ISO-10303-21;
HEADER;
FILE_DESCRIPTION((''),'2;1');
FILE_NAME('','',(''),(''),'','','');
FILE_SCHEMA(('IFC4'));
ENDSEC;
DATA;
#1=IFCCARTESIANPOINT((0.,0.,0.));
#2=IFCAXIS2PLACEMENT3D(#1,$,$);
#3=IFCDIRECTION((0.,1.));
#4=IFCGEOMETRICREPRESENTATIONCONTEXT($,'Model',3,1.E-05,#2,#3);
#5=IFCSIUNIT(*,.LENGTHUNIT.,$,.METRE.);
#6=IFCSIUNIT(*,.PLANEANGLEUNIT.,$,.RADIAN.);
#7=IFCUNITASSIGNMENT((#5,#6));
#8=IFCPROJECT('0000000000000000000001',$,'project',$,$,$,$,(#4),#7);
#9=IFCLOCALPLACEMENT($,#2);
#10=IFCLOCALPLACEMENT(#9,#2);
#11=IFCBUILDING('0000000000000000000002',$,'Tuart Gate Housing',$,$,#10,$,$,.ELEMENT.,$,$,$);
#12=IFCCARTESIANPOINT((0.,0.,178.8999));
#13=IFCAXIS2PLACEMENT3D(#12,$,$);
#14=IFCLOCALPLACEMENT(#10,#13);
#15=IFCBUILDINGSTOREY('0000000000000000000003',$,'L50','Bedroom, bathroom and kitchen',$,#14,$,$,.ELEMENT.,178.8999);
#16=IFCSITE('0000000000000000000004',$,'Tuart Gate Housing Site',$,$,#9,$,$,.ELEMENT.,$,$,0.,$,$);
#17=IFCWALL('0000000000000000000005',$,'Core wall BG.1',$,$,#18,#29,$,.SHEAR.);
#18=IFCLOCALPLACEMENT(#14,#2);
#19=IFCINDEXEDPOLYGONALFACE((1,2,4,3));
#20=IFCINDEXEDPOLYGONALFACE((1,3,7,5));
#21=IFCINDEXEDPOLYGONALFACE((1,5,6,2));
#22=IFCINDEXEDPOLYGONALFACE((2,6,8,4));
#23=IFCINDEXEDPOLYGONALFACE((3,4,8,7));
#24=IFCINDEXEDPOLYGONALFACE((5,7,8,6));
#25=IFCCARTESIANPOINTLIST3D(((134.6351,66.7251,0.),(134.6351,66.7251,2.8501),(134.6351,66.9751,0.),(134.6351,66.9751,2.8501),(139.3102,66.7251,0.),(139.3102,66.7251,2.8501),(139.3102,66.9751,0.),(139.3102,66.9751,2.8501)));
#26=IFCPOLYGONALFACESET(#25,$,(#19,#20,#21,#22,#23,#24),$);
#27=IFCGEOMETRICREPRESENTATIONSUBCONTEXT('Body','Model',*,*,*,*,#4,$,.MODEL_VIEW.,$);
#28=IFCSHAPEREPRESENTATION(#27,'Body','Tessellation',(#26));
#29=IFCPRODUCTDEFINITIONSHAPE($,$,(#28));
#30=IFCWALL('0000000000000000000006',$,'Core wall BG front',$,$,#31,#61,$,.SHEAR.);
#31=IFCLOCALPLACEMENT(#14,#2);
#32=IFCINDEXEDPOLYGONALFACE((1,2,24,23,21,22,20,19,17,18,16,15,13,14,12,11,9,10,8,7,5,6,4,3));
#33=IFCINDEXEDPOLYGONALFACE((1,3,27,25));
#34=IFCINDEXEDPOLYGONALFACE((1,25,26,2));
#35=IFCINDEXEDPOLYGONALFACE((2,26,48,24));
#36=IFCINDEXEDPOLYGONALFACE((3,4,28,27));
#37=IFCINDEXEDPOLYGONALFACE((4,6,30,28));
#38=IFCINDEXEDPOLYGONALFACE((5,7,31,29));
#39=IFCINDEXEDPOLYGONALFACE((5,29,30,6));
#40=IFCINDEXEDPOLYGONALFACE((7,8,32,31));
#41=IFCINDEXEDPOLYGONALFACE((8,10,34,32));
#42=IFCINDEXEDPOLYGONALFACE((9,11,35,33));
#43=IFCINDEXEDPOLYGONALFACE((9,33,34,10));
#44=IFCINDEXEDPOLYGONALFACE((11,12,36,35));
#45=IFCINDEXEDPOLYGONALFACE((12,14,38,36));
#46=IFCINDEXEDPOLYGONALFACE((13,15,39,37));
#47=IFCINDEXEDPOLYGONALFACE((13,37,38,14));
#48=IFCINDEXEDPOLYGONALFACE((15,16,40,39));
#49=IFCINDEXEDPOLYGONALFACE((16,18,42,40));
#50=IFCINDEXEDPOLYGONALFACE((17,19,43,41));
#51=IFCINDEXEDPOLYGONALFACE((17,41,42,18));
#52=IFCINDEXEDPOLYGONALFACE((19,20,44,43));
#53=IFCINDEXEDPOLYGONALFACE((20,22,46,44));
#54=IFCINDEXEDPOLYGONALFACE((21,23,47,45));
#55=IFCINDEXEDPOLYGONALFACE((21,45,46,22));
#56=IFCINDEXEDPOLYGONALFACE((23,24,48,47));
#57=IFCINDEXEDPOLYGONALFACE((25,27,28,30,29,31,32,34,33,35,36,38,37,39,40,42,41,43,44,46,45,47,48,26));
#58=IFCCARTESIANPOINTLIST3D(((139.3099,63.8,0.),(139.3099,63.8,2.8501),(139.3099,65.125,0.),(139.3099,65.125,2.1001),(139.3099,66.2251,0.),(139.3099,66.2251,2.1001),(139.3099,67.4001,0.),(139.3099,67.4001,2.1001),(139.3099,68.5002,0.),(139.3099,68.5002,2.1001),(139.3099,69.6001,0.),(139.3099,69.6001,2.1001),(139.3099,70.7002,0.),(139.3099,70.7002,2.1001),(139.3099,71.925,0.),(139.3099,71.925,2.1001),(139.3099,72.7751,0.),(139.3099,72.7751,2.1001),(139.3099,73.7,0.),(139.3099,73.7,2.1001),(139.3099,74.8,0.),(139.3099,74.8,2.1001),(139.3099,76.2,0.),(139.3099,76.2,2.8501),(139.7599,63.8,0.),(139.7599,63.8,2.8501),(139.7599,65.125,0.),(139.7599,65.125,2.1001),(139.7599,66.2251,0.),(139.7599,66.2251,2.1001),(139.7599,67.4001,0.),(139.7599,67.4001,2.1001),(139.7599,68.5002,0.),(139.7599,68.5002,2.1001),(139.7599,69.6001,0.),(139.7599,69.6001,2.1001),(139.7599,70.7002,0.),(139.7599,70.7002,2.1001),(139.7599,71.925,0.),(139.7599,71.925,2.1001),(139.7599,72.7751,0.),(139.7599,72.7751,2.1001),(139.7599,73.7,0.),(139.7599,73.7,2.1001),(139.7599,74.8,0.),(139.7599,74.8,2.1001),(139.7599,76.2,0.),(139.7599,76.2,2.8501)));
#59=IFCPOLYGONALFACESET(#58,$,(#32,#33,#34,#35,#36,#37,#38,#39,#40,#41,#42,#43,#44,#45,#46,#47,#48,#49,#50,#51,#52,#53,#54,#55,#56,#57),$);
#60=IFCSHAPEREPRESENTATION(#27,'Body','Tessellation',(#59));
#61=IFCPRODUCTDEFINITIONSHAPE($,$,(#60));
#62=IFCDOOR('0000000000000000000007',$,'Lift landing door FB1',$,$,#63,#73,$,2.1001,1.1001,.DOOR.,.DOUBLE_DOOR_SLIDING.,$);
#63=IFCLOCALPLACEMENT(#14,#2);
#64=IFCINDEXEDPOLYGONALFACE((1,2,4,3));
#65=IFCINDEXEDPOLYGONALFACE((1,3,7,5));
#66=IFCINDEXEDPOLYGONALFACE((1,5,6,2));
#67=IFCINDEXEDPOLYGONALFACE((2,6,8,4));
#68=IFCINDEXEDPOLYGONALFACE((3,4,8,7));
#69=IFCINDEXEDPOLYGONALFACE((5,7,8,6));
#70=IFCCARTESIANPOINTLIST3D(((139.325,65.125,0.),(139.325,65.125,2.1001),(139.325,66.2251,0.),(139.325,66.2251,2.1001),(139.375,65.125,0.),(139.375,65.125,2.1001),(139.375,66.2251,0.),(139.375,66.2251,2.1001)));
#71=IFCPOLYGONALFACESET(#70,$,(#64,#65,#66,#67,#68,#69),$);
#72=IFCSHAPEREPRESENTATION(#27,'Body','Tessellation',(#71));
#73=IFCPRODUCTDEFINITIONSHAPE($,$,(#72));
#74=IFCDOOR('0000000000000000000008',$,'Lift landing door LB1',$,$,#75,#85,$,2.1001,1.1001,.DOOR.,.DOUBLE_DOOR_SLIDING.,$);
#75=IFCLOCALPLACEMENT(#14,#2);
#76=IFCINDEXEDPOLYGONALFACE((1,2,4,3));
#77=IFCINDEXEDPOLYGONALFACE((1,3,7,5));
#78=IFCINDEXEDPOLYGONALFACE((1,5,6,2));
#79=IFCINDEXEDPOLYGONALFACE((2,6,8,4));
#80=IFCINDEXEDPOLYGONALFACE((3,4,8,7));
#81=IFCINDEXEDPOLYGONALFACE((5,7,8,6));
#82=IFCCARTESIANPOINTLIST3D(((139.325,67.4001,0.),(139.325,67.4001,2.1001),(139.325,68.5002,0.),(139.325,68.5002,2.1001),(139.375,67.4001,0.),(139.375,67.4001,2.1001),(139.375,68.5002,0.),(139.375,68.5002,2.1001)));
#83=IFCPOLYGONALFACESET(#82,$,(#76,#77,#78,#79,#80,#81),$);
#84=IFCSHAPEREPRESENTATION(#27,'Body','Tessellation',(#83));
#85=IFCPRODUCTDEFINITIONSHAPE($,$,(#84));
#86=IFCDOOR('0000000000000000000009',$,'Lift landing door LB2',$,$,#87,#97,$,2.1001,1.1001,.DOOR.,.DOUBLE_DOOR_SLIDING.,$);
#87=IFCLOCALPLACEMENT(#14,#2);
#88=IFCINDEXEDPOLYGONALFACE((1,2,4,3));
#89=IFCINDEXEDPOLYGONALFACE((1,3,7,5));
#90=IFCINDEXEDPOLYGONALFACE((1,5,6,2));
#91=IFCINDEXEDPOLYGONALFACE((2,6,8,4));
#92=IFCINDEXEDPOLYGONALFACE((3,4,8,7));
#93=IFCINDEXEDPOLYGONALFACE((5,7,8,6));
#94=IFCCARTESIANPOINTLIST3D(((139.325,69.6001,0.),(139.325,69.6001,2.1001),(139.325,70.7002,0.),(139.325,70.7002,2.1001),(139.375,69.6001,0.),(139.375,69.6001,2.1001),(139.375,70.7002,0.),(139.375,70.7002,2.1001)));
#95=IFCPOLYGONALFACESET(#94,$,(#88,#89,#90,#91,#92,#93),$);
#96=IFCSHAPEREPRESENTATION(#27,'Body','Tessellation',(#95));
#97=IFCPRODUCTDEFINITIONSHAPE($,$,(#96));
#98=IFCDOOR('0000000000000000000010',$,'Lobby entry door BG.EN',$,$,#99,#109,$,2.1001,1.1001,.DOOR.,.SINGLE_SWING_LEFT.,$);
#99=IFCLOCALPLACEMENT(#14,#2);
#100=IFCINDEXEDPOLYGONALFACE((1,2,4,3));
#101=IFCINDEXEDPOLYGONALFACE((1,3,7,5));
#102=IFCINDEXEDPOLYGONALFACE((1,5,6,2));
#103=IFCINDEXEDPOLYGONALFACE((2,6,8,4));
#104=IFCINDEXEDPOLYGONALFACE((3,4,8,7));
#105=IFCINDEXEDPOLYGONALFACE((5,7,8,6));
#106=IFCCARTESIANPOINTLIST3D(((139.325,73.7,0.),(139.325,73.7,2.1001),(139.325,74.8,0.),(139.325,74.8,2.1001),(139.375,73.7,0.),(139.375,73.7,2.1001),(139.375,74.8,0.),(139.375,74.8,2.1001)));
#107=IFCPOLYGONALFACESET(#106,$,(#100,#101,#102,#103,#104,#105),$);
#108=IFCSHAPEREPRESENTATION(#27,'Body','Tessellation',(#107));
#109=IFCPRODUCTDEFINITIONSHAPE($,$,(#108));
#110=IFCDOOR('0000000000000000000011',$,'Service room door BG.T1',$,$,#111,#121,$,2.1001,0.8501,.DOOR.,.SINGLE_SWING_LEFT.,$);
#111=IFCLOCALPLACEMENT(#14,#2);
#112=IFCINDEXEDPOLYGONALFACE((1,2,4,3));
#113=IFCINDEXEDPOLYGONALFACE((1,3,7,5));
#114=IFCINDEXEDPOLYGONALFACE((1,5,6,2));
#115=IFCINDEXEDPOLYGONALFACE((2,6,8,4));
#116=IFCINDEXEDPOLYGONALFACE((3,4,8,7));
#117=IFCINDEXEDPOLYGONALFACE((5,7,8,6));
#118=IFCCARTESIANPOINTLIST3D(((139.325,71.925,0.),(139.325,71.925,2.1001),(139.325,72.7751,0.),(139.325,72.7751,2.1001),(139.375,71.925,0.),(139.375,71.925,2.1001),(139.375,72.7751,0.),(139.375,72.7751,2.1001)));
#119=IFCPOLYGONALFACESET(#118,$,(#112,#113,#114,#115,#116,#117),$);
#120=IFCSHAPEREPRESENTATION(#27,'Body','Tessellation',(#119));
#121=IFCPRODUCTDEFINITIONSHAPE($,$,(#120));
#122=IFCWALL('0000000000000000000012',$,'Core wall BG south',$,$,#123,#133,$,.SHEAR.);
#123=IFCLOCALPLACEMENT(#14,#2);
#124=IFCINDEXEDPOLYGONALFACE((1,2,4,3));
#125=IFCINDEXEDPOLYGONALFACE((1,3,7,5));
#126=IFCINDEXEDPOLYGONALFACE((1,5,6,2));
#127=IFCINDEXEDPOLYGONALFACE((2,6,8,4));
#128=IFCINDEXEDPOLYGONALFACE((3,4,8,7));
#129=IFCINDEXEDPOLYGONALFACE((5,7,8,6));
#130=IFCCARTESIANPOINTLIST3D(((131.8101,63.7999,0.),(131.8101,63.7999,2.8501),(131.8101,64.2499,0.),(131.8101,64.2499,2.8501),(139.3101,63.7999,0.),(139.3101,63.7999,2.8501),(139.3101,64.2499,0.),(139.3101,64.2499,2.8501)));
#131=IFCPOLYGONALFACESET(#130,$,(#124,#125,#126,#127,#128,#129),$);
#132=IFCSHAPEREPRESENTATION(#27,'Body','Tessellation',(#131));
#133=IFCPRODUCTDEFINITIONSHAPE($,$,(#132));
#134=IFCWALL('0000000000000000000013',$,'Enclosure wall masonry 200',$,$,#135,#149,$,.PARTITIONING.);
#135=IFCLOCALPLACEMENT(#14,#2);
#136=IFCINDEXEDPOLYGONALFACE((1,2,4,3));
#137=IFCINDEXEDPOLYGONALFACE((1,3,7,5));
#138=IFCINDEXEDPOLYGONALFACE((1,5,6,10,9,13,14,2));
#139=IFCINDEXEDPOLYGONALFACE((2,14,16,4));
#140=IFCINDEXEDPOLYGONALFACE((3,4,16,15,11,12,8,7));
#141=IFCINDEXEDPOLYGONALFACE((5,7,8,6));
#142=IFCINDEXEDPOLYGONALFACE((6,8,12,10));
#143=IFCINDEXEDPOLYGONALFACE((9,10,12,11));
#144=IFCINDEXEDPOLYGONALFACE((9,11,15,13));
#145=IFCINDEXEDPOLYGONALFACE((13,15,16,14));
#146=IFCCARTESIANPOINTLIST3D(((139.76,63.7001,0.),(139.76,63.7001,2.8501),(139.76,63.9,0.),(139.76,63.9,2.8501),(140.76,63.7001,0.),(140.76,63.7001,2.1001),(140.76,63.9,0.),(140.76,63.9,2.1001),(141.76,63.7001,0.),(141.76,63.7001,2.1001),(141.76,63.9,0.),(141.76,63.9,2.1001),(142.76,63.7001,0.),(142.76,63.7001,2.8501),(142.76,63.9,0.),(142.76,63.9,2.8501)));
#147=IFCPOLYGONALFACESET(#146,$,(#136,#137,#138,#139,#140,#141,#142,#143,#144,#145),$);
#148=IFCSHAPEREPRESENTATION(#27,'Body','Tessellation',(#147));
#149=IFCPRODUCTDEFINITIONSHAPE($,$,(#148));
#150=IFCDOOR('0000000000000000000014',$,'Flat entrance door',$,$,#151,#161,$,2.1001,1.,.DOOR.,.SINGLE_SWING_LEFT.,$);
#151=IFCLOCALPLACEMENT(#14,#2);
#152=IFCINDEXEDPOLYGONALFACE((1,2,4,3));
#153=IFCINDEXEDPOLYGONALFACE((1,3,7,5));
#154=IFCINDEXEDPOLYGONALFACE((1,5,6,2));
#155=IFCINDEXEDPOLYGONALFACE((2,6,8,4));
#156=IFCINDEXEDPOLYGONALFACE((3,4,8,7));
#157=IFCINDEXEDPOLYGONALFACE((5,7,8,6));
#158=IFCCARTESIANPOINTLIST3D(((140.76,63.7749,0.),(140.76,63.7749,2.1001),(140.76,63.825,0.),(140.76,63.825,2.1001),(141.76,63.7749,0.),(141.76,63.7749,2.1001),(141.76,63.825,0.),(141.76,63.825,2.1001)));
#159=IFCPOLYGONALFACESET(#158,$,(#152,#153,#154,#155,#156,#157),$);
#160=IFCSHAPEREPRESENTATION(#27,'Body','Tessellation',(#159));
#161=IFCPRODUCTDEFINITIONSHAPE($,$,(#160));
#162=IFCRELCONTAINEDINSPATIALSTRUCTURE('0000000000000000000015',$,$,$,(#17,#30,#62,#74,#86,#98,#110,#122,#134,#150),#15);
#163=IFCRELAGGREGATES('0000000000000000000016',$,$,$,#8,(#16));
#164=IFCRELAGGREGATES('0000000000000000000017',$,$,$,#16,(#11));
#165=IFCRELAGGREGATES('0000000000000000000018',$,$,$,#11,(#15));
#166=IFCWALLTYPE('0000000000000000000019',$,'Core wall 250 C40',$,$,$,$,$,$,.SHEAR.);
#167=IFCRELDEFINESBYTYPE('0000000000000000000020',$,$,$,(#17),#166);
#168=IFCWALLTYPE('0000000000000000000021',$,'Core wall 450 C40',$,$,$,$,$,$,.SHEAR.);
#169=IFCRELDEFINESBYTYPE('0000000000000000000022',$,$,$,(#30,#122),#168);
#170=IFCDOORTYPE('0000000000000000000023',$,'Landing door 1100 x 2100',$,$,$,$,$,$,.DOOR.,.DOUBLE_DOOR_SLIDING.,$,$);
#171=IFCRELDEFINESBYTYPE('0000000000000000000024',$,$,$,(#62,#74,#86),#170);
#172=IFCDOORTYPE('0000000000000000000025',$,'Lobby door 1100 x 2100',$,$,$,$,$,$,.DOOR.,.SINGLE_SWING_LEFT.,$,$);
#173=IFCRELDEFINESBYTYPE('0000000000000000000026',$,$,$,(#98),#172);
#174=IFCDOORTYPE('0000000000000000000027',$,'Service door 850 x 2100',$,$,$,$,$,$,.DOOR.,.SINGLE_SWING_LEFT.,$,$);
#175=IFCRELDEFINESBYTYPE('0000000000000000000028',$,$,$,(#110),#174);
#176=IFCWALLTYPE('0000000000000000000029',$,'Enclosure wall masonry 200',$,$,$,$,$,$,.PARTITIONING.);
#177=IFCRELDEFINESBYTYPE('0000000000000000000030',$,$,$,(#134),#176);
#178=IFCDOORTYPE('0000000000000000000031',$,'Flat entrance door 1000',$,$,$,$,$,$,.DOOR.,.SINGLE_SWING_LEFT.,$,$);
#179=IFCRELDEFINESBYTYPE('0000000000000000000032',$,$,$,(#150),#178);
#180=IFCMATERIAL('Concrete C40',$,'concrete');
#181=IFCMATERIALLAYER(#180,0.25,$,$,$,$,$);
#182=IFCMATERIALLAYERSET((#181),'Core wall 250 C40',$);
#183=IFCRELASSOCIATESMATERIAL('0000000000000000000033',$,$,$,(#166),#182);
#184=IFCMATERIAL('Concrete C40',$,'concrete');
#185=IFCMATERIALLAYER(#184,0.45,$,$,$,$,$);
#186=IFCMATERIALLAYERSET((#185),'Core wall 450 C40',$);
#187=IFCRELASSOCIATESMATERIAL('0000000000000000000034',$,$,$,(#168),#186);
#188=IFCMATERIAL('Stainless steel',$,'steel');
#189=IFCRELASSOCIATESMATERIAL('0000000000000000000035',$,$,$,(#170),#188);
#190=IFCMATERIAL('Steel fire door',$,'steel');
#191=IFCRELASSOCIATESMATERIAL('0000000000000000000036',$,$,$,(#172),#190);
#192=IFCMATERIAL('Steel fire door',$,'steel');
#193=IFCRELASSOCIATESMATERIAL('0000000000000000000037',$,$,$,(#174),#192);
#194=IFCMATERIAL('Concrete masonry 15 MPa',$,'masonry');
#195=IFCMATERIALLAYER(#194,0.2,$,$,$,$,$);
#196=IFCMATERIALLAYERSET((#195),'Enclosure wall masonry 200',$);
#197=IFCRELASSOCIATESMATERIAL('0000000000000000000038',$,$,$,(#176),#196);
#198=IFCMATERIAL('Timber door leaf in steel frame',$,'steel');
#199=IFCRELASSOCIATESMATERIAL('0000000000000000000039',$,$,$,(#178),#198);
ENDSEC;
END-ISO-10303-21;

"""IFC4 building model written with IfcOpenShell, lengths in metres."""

from ifc_helpers import new_model, si_unit, direction, frame, frame_2d, origin, place, context, subcontext, project, spatial, rectangle, extrude, material, layer, layer_set, type_object, element, fill, save


model = new_model("IFC4")

# Units and contexts
model_context = context("Model", 3, precision=1e-05, world=origin(), true_north=direction((0.0, 1.0)))
body_context = subcontext(model_context, "Body", "Model", "MODEL_VIEW")
ifc_project = project(units=[si_unit("LENGTHUNIT", "METRE"), si_unit("PLANEANGLEUNIT", "RADIAN")], contexts=[model_context])

# Site, building, storey
site_placement = place(None, origin())
site = spatial("IfcSite", under=ifc_project, at=site_placement, Name="Tuart Gate Housing Site", CompositionType="ELEMENT", RefElevation=0.0)
building_placement = place(site_placement, origin())
building = spatial("IfcBuilding", under=site, at=building_placement, Name="Tuart Gate Housing", CompositionType="ELEMENT")
storey_placement = place(building_placement, frame((0.0, 0.0, 178.8999)))
storey = spatial("IfcBuildingStorey", under=building, at=storey_placement, Name="L50", Description="Bedroom, bathroom and kitchen", CompositionType="ELEMENT", Elevation=178.8999)

# Wall
ifc_material_1 = material(Name="Concrete C40", Category="concrete")
ifc_layer_1 = layer(ifc_material_1, 0.25)
ifc_layer_set_1 = layer_set([ifc_layer_1], Name="Core wall 250 C40")
wall_type_1 = type_object("IfcWallType", Name="Core wall 250 C40", PredefinedType="SHEAR", material=ifc_layer_set_1)
wall_1_placement = place(storey_placement, frame((139.3101, 66.8501, 0.0), z_axis=(0.0, 0.0, 1.0), x_axis=(-1.0, 0.0, 0.0)))
element("IfcWall", 1, at=wall_1_placement, inside=storey, type_object=wall_type_1, Name="Core wall BG.1", PredefinedType="SHEAR", context=body_context, shape_type="SweptSolid", body=[
    extrude(rectangle(XDim=4.675, YDim=0.25, at=frame_2d((2.3374, 0.0))), origin(), (0.0, 0.0, 1.0), 2.8501),
])

# Wall, openings, doors
ifc_material_2 = material(Name="Concrete C40", Category="concrete")
ifc_layer_2 = layer(ifc_material_2, 0.45)
ifc_layer_set_2 = layer_set([ifc_layer_2], Name="Core wall 450 C40")
wall_type_2 = type_object("IfcWallType", Name="Core wall 450 C40", PredefinedType="SHEAR", material=ifc_layer_set_2)
wall_2_placement = place(storey_placement, frame((139.5349, 63.8, 0.0), z_axis=(0.0, 0.0, 1.0), x_axis=(0.0, 1.0, 0.0)))
wall_2 = element("IfcWall", 2, at=wall_2_placement, inside=storey, type_object=wall_type_2, Name="Core wall BG front", PredefinedType="SHEAR", context=body_context, shape_type="SweptSolid", body=[
    extrude(rectangle(XDim=12.3999, YDim=0.45, at=frame_2d((6.2, 0.0))), origin(), (0.0, 0.0, 1.0), 2.8501),
])
opening_1_placement = place(wall_2_placement, frame((1.325, 0.0, 0.0)))
opening_1 = element("IfcOpeningElement", 3, at=opening_1_placement, cuts=wall_2, PredefinedType="OPENING", context=body_context, shape_type="SweptSolid", body=[
    extrude(rectangle(XDim=1.1001, YDim=2.1001, at=frame_2d((0.55, 1.05))), frame((0.0, 0.2349, 0.0), z_axis=(0.0, -1.0, 0.0), x_axis=(1.0, 0.0, 0.0)), (0.0, 0.0, 1.0), 0.47),
])
opening_2_placement = place(wall_2_placement, frame((3.6001, 0.0, 0.0)))
opening_2 = element("IfcOpeningElement", 4, at=opening_2_placement, cuts=wall_2, PredefinedType="OPENING", context=body_context, shape_type="SweptSolid", body=[
    extrude(rectangle(XDim=1.1001, YDim=2.1001, at=frame_2d((0.55, 1.05))), frame((0.0, 0.2349, 0.0), z_axis=(0.0, -1.0, 0.0), x_axis=(1.0, 0.0, 0.0)), (0.0, 0.0, 1.0), 0.47),
])
opening_3_placement = place(wall_2_placement, frame((5.8, 0.0, 0.0)))
opening_3 = element("IfcOpeningElement", 5, at=opening_3_placement, cuts=wall_2, PredefinedType="OPENING", context=body_context, shape_type="SweptSolid", body=[
    extrude(rectangle(XDim=1.1001, YDim=2.1001, at=frame_2d((0.55, 1.05))), frame((0.0, 0.2349, 0.0), z_axis=(0.0, -1.0, 0.0), x_axis=(1.0, 0.0, 0.0)), (0.0, 0.0, 1.0), 0.47),
])
opening_4_placement = place(wall_2_placement, frame((9.8999, 0.0, 0.0)))
opening_4 = element("IfcOpeningElement", 6, at=opening_4_placement, cuts=wall_2, PredefinedType="OPENING", context=body_context, shape_type="SweptSolid", body=[
    extrude(rectangle(XDim=1.1001, YDim=2.1001, at=frame_2d((0.55, 1.05))), frame((0.0, 0.2349, 0.0), z_axis=(0.0, -1.0, 0.0), x_axis=(1.0, 0.0, 0.0)), (0.0, 0.0, 1.0), 0.47),
])
opening_5_placement = place(wall_2_placement, frame((8.125, 0.0, 0.0)))
opening_5 = element("IfcOpeningElement", 7, at=opening_5_placement, cuts=wall_2, PredefinedType="OPENING", context=body_context, shape_type="SweptSolid", body=[
    extrude(rectangle(XDim=0.8501, YDim=2.1001, at=frame_2d((0.425, 1.05))), frame((0.0, 0.2349, 0.0), z_axis=(0.0, -1.0, 0.0), x_axis=(1.0, 0.0, 0.0)), (0.0, 0.0, 1.0), 0.47),
])
ifc_material_3 = material(Name="Stainless steel", Category="steel")
door_type_1 = type_object("IfcDoorType", Name="Landing door 1100 x 2100", OperationType="DOUBLE_DOOR_SLIDING", PredefinedType="DOOR", material=ifc_material_3)
door_1_placement = place(opening_1_placement, origin())
door_1 = element("IfcDoor", 8, at=door_1_placement, inside=storey, type_object=door_type_1, Name="Lift landing door FB1", OperationType="DOUBLE_DOOR_SLIDING", OverallHeight=2.1001, OverallWidth=1.1001, PredefinedType="DOOR", context=body_context, shape_type="SweptSolid", body=[
    extrude(rectangle(XDim=1.1001, YDim=2.1001, at=frame_2d((0.55, 1.05))), frame((0.0, 0.21, 0.0), z_axis=(0.0, -1.0, 0.0), x_axis=(1.0, 0.0, 0.0)), (0.0, 0.0, 1.0), 0.05),
])
fill(opening_1, door_1)
door_2_placement = place(opening_2_placement, origin())
door_2 = element("IfcDoor", 9, at=door_2_placement, inside=storey, type_object=door_type_1, Name="Lift landing door LB1", OperationType="DOUBLE_DOOR_SLIDING", OverallHeight=2.1001, OverallWidth=1.1001, PredefinedType="DOOR", context=body_context, shape_type="SweptSolid", body=[
    extrude(rectangle(XDim=1.1001, YDim=2.1001, at=frame_2d((0.55, 1.05))), frame((0.0, 0.21, 0.0), z_axis=(0.0, -1.0, 0.0), x_axis=(1.0, 0.0, 0.0)), (0.0, 0.0, 1.0), 0.05),
])
fill(opening_2, door_2)
door_3_placement = place(opening_3_placement, origin())
door_3 = element("IfcDoor", 10, at=door_3_placement, inside=storey, type_object=door_type_1, Name="Lift landing door LB2", OperationType="DOUBLE_DOOR_SLIDING", OverallHeight=2.1001, OverallWidth=1.1001, PredefinedType="DOOR", context=body_context, shape_type="SweptSolid", body=[
    extrude(rectangle(XDim=1.1001, YDim=2.1001, at=frame_2d((0.55, 1.05))), frame((0.0, 0.21, 0.0), z_axis=(0.0, -1.0, 0.0), x_axis=(1.0, 0.0, 0.0)), (0.0, 0.0, 1.0), 0.05),
])
fill(opening_3, door_3)
ifc_material_4 = material(Name="Steel fire door", Category="steel")
door_type_2 = type_object("IfcDoorType", Name="Lobby door 1100 x 2100", OperationType="SINGLE_SWING_LEFT", PredefinedType="DOOR", material=ifc_material_4)
door_4_placement = place(opening_4_placement, origin())
door_4 = element("IfcDoor", 11, at=door_4_placement, inside=storey, type_object=door_type_2, Name="Lobby entry door BG.EN", OperationType="SINGLE_SWING_LEFT", OverallHeight=2.1001, OverallWidth=1.1001, PredefinedType="DOOR", context=body_context, shape_type="SweptSolid", body=[
    extrude(rectangle(XDim=1.1001, YDim=2.1001, at=frame_2d((0.55, 1.05))), frame((0.0, 0.21, 0.0), z_axis=(0.0, -1.0, 0.0), x_axis=(1.0, 0.0, 0.0)), (0.0, 0.0, 1.0), 0.05),
])
fill(opening_4, door_4)
ifc_material_5 = material(Name="Steel fire door", Category="steel")
door_type_3 = type_object("IfcDoorType", Name="Service door 850 x 2100", OperationType="SINGLE_SWING_LEFT", PredefinedType="DOOR", material=ifc_material_5)
door_5_placement = place(opening_5_placement, origin())
door_5 = element("IfcDoor", 12, at=door_5_placement, inside=storey, type_object=door_type_3, Name="Service room door BG.T1", OperationType="SINGLE_SWING_LEFT", OverallHeight=2.1001, OverallWidth=0.8501, PredefinedType="DOOR", context=body_context, shape_type="SweptSolid", body=[
    extrude(rectangle(XDim=0.8501, YDim=2.1001, at=frame_2d((0.425, 1.05))), frame((0.0, 0.21, 0.0), z_axis=(0.0, -1.0, 0.0), x_axis=(1.0, 0.0, 0.0)), (0.0, 0.0, 1.0), 0.05),
])
fill(opening_5, door_5)

# Wall
wall_3_placement = place(storey_placement, frame((139.3101, 64.0249, 0.0), z_axis=(0.0, 0.0, 1.0), x_axis=(-1.0, 0.0, 0.0)))
element("IfcWall", 13, at=wall_3_placement, inside=storey, type_object=wall_type_2, Name="Core wall BG south", PredefinedType="SHEAR", context=body_context, shape_type="SweptSolid", body=[
    extrude(rectangle(XDim=7.5, YDim=0.45, at=frame_2d((3.75, 0.0))), origin(), (0.0, 0.0, 1.0), 2.8501),
])

# Wall, opening, door
ifc_material_6 = material(Name="Concrete masonry 15 MPa", Category="masonry")
ifc_layer_3 = layer(ifc_material_6, 0.2)
ifc_layer_set_3 = layer_set([ifc_layer_3], Name="Enclosure wall masonry 200")
wall_type_3 = type_object("IfcWallType", Name="Enclosure wall masonry 200", PredefinedType="PARTITIONING", material=ifc_layer_set_3)
wall_4_placement = place(storey_placement, frame((139.76, 63.8, 0.0), z_axis=(0.0, 0.0, 1.0), x_axis=(1.0, 0.0, 0.0)))
wall_4 = element("IfcWall", 14, at=wall_4_placement, inside=storey, type_object=wall_type_3, Name="Enclosure wall masonry 200", PredefinedType="PARTITIONING", context=body_context, shape_type="SweptSolid", body=[
    extrude(rectangle(XDim=3.0, YDim=0.2, at=frame_2d((1.5, 0.0))), origin(), (0.0, 0.0, 1.0), 2.8501),
])
opening_6_placement = place(wall_4_placement, frame((1.0, 0.0, 0.0)))
opening_6 = element("IfcOpeningElement", 15, at=opening_6_placement, cuts=wall_4, PredefinedType="OPENING", context=body_context, shape_type="SweptSolid", body=[
    extrude(rectangle(XDim=1.0, YDim=2.1001, at=frame_2d((0.5, 1.05))), frame((0.0, 0.1099, 0.0), z_axis=(0.0, -1.0, 0.0), x_axis=(1.0, 0.0, 0.0)), (0.0, 0.0, 1.0), 0.22),
])
ifc_material_7 = material(Name="Timber door leaf in steel frame", Category="steel")
door_type_4 = type_object("IfcDoorType", Name="Flat entrance door 1000", OperationType="SINGLE_SWING_LEFT", PredefinedType="DOOR", material=ifc_material_7)
door_6_placement = place(opening_6_placement, frame((1.0, 0.0, 0.0), z_axis=(0.0, 0.0, 1.0), x_axis=(-1.0, 0.0, 0.0)))
door_6 = element("IfcDoor", 16, at=door_6_placement, inside=storey, type_object=door_type_4, Name="Flat entrance door", OperationType="SINGLE_SWING_LEFT", OverallHeight=2.1001, OverallWidth=1.0, PredefinedType="DOOR", context=body_context, shape_type="SweptSolid", body=[
    extrude(rectangle(XDim=1.0, YDim=2.1001, at=frame_2d((0.5, 1.05))), frame((0.0, 0.0251, 0.0), z_axis=(0.0, -1.0, 0.0), x_axis=(1.0, 0.0, 0.0)), (0.0, 0.0, 1.0), 0.05),
])
fill(opening_6, door_6)

save(model, "model.ifc")
